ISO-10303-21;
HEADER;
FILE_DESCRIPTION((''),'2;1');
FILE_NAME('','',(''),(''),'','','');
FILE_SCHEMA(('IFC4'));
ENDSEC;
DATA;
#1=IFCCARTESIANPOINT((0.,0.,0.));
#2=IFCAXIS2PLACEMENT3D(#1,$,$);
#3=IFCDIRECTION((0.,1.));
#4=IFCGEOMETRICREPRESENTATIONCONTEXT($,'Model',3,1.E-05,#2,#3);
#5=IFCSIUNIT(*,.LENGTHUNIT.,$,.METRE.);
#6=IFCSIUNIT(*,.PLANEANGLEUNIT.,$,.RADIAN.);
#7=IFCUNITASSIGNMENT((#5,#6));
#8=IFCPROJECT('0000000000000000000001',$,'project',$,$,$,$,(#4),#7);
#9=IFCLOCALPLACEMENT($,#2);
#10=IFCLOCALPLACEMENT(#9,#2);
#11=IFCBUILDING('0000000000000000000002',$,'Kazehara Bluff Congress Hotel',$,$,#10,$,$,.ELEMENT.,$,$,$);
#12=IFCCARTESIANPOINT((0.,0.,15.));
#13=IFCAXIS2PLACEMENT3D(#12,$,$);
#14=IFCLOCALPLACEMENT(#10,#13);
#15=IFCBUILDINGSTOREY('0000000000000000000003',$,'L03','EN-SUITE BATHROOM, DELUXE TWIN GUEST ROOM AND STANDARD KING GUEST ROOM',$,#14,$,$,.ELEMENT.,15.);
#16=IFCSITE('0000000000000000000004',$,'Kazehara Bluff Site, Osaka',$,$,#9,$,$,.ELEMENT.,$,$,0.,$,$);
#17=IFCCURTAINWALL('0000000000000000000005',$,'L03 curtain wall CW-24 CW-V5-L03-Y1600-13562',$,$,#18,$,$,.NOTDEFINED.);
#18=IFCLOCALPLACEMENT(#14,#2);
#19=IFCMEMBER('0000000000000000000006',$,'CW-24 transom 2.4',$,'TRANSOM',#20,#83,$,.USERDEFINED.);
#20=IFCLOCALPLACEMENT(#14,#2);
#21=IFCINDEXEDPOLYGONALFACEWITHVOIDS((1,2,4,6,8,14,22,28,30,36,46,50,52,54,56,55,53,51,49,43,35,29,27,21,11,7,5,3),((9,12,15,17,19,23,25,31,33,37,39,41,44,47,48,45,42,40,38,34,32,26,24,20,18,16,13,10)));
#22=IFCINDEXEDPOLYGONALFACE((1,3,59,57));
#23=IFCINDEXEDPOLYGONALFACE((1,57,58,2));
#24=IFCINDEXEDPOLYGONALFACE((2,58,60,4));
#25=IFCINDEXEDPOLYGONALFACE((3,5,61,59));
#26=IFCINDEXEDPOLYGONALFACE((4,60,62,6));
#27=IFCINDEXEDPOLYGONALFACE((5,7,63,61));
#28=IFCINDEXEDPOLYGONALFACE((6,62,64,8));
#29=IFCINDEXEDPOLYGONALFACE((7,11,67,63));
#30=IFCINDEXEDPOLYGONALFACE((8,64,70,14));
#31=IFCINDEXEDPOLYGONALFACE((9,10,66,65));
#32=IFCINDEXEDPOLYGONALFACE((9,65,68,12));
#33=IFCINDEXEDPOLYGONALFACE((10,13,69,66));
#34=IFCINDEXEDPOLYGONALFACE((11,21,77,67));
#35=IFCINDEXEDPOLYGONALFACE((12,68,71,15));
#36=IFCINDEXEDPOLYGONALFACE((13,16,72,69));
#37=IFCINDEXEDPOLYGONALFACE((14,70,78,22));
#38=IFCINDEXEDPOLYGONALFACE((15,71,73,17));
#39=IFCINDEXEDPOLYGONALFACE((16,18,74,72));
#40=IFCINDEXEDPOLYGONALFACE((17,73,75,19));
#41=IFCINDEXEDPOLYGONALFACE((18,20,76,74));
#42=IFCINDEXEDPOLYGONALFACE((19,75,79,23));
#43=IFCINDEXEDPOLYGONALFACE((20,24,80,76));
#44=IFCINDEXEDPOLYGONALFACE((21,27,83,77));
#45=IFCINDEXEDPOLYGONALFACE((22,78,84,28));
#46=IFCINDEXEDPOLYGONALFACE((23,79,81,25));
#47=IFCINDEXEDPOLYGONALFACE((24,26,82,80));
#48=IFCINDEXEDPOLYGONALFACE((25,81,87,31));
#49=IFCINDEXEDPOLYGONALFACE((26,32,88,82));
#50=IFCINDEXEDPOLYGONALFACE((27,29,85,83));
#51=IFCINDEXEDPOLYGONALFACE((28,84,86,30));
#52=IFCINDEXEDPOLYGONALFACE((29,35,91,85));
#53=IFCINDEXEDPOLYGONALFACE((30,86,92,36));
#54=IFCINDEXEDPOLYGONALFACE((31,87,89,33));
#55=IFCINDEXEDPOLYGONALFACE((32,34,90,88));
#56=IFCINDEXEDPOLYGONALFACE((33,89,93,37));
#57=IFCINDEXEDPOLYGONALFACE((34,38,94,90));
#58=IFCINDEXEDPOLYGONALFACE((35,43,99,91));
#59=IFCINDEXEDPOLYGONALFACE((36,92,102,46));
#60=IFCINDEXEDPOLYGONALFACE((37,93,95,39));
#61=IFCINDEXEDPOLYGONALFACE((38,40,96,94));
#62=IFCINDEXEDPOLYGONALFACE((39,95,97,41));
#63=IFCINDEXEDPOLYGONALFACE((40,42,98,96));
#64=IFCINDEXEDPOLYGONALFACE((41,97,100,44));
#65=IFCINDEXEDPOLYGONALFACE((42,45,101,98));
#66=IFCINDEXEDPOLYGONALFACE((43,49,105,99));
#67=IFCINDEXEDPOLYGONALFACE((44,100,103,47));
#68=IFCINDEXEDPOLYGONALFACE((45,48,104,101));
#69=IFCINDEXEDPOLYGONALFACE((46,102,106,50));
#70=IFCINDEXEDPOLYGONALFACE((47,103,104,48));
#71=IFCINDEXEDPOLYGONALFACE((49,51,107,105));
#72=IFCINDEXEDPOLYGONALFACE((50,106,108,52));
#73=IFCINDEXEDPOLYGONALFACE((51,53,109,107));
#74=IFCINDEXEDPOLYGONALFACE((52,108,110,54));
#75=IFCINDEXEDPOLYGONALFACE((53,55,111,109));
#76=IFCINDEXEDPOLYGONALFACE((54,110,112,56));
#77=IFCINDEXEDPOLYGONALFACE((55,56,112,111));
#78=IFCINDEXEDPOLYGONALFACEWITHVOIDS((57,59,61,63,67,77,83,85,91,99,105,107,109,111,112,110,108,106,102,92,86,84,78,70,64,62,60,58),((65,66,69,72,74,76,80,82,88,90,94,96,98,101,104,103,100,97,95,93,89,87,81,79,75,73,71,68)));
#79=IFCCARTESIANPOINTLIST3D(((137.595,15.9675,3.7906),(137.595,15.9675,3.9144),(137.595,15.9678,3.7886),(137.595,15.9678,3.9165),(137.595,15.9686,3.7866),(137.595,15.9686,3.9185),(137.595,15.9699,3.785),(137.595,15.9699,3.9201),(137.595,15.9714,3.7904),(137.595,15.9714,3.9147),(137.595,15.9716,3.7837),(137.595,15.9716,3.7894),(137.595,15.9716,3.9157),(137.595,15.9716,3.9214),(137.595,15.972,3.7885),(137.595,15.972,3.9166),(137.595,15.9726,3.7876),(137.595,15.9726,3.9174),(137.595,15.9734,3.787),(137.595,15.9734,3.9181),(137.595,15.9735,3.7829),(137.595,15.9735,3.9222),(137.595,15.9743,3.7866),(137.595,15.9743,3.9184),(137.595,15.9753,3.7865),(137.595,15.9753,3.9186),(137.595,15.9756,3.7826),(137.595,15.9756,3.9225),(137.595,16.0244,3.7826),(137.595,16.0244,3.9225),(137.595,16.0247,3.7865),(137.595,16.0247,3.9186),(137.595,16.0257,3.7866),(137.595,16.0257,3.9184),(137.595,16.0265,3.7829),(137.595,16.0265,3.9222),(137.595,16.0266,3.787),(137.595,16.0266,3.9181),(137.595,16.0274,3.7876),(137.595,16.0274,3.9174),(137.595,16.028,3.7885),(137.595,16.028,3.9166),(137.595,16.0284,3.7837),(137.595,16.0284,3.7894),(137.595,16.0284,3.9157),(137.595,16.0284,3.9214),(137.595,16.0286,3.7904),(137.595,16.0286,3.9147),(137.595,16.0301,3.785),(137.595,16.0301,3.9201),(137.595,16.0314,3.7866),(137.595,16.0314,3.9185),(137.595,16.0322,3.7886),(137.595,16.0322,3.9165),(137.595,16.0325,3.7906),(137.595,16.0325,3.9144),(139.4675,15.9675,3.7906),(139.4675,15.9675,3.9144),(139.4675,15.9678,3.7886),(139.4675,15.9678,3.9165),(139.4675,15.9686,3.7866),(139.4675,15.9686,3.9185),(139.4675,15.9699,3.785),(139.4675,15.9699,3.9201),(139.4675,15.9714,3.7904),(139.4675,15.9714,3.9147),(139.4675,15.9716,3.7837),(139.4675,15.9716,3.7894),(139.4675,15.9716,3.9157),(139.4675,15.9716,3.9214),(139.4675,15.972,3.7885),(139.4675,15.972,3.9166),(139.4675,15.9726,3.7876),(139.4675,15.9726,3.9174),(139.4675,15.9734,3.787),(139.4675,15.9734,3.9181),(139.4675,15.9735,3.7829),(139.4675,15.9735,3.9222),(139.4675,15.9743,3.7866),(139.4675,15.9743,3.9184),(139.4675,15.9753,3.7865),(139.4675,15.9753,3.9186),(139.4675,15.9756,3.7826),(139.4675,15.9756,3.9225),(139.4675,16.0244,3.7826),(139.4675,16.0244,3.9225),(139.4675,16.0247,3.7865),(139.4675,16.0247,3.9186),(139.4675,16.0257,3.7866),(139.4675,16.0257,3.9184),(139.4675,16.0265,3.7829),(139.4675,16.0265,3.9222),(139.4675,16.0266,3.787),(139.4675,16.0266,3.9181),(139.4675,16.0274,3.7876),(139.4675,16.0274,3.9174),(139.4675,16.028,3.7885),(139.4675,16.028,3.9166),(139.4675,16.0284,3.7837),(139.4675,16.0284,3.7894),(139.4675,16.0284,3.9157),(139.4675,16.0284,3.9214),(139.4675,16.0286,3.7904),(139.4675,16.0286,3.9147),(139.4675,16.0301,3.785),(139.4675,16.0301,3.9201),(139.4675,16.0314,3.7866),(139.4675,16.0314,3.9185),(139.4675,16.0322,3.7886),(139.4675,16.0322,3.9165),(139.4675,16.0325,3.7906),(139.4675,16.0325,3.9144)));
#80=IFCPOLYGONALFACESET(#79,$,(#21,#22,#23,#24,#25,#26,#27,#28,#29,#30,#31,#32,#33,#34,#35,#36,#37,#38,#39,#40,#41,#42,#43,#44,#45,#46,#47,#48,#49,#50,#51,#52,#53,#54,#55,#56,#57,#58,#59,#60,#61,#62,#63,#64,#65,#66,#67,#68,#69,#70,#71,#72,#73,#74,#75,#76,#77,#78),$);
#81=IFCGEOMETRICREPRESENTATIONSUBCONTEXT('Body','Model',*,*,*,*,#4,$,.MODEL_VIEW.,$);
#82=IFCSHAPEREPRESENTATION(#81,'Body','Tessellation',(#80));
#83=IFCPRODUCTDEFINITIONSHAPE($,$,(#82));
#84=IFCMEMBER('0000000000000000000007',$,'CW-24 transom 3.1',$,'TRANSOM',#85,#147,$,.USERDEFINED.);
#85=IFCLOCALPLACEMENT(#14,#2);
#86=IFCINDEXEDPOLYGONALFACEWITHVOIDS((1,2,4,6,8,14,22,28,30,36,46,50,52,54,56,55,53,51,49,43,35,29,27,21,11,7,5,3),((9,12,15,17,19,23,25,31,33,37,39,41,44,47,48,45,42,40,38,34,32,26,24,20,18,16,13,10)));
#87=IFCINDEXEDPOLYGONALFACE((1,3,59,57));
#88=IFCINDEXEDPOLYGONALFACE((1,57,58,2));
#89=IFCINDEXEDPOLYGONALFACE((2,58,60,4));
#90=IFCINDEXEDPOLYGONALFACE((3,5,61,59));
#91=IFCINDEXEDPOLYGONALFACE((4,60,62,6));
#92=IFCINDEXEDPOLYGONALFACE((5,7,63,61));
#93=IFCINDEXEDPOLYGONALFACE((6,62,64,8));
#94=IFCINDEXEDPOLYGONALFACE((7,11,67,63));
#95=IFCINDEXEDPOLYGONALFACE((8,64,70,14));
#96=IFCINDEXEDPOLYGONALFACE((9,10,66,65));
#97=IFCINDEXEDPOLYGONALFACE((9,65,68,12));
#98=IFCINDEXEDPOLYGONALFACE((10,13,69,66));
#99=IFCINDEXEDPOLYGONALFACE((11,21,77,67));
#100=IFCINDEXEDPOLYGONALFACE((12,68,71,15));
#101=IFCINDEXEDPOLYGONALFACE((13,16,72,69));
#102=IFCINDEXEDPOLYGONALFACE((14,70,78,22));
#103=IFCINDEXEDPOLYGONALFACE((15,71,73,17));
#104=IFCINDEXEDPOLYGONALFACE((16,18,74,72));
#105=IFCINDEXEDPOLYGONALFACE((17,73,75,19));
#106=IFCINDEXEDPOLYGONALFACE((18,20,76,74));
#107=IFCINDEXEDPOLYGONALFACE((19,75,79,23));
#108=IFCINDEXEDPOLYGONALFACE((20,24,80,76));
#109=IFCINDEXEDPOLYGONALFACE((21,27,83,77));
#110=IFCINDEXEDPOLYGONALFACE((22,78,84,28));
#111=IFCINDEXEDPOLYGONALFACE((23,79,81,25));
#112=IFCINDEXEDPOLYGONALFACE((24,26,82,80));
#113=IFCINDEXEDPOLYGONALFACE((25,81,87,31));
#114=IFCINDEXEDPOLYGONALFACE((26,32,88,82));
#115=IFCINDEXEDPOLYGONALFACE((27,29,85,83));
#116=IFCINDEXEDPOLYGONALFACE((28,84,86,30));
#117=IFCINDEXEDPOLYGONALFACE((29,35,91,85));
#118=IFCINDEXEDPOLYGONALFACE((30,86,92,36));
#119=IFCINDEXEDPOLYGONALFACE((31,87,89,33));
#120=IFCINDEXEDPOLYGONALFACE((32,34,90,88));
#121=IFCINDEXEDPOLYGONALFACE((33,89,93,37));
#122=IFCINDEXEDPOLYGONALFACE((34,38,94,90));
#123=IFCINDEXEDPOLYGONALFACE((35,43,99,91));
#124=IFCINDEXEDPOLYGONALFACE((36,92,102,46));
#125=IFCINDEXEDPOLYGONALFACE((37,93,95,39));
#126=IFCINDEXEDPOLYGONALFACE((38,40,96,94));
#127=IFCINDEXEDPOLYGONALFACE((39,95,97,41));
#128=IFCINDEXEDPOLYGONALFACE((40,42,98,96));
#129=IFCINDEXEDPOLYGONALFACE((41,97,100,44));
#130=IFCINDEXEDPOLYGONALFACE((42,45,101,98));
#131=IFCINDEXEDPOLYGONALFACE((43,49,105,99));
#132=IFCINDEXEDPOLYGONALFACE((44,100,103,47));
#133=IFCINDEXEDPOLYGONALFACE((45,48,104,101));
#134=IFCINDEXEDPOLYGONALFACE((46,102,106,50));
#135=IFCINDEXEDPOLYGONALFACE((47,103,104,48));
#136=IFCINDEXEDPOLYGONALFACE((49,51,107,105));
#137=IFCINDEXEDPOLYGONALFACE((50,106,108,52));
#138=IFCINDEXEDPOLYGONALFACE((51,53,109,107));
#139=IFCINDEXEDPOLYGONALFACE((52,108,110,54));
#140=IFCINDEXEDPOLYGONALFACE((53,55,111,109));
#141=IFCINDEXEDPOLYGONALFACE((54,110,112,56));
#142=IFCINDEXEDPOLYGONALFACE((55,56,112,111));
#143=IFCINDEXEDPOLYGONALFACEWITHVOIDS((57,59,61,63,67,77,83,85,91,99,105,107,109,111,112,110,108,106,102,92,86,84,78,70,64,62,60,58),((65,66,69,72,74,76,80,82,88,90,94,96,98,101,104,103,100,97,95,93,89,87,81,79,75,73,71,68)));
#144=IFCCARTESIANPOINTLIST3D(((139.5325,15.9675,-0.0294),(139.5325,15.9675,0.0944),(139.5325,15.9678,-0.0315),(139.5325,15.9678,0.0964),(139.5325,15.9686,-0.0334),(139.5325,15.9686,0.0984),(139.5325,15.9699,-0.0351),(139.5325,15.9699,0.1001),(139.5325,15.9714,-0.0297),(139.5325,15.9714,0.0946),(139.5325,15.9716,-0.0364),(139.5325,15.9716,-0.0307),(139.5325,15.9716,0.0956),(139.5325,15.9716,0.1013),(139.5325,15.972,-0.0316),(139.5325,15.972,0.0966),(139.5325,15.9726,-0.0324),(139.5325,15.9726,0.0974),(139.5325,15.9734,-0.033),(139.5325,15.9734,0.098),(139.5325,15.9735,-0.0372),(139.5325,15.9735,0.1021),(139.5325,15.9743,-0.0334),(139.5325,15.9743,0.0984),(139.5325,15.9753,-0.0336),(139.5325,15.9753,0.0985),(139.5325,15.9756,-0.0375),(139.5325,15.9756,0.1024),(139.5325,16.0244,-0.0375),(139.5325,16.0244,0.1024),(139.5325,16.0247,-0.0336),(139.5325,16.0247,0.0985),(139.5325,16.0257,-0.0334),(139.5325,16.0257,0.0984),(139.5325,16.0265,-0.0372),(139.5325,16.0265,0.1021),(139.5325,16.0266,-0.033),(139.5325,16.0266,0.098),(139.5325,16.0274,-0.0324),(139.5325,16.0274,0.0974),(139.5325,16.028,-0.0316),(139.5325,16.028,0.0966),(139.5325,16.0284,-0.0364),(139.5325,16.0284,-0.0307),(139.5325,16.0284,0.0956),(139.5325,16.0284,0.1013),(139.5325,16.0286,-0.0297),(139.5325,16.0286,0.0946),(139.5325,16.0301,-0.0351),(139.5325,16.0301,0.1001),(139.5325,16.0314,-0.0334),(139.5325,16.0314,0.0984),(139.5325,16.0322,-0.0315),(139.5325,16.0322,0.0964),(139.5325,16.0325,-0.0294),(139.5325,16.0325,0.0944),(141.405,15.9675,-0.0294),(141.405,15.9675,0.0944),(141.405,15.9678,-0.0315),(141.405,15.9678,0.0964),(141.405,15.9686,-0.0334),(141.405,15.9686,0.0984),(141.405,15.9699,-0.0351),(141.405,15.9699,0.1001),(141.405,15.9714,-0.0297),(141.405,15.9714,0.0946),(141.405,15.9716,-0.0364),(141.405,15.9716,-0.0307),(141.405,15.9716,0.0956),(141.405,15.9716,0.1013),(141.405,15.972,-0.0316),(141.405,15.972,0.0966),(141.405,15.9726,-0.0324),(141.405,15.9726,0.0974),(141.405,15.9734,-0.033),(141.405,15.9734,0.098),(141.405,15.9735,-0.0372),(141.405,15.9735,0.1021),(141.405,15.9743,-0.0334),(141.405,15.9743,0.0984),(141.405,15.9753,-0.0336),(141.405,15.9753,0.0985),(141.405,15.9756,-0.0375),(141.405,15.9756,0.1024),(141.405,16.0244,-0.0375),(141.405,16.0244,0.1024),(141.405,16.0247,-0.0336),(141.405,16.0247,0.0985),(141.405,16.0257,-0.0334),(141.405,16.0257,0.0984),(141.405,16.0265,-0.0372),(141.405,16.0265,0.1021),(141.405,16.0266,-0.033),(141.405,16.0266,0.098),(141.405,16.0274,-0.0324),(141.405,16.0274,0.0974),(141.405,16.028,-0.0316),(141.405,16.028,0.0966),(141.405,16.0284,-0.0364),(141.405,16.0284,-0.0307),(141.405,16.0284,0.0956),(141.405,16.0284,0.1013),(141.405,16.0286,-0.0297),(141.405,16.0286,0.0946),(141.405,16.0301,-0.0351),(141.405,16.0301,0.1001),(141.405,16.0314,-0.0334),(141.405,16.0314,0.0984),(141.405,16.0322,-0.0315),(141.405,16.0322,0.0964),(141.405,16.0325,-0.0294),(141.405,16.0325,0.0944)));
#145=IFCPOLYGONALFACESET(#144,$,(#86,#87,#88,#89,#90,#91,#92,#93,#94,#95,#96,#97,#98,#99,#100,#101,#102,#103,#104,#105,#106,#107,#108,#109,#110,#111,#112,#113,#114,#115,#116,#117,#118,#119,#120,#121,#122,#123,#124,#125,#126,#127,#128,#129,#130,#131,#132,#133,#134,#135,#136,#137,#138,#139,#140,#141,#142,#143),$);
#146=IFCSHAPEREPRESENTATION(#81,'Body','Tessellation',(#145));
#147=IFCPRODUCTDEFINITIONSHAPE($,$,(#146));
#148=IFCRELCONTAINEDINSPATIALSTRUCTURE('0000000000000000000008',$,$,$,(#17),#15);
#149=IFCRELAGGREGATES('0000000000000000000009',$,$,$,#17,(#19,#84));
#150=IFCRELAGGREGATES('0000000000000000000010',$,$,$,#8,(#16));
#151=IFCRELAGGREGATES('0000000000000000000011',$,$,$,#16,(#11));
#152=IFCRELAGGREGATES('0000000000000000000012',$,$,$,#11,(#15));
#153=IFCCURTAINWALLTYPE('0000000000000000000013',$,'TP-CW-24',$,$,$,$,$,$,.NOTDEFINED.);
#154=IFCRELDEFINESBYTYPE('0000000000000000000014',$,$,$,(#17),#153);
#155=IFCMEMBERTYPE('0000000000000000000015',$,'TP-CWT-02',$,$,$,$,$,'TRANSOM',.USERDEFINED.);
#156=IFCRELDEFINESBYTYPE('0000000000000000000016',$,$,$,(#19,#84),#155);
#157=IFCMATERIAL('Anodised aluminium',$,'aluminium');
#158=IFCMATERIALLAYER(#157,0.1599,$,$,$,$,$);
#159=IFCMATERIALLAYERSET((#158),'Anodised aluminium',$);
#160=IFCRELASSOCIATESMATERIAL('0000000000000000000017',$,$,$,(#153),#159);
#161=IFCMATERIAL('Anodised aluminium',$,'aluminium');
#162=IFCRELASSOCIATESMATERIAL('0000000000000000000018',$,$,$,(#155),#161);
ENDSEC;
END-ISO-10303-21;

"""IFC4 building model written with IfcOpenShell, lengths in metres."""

from ifc_helpers import new_model, si_unit, direction, frame, origin, origin_2d, place, context, subcontext, project, spatial, hollow_rectangle, extrude, material, layer, layer_set, material_profile, profile_set, type_object, element, aggregate, save


model = new_model("IFC4")

# Units and contexts
model_context = context("Model", 3, precision=1e-05, world=origin(), true_north=direction((0.0, 1.0)))
body_context = subcontext(model_context, "Body", "Model", "MODEL_VIEW")
ifc_project = project(units=[si_unit("LENGTHUNIT", "METRE"), si_unit("PLANEANGLEUNIT", "RADIAN")], contexts=[model_context])

# Site, building, storey
site_placement = place(None, origin())
site = spatial("IfcSite", under=ifc_project, at=site_placement, Name="Kazehara Bluff Site, Osaka", CompositionType="ELEMENT", RefElevation=0.0)
building_placement = place(site_placement, origin())
building = spatial("IfcBuilding", under=site, at=building_placement, Name="Kazehara Bluff Congress Hotel", CompositionType="ELEMENT")
storey_placement = place(building_placement, frame((0.0, 0.0, 15.0)))
storey = spatial("IfcBuildingStorey", under=building, at=storey_placement, Name="L03", Description="EN-SUITE BATHROOM, DELUXE TWIN GUEST ROOM AND STANDARD KING GUEST ROOM", CompositionType="ELEMENT", Elevation=15.0)

# Shared definitions
ifc_material_1 = material(Name="Anodised aluminium", Category="aluminium")
ifc_layer_1 = layer(ifc_material_1, 0.1599)
ifc_layer_set_1 = layer_set([ifc_layer_1], Name="Anodised aluminium")
curtain_wall_type = type_object("IfcCurtainWallType", Name="TP-CW-24", PredefinedType="NOTDEFINED", material=ifc_layer_set_1)

# Curtain wall
curtain_wall_1_placement = place(storey_placement, origin())
curtain_wall_1 = element("IfcCurtainWall", 1, at=curtain_wall_1_placement, inside=storey, type_object=curtain_wall_type, Name="L03 curtain wall CW-24 CW-V5-L03-Y1600-13562", PredefinedType="NOTDEFINED")

# Members
ifc_material_2 = material(Name="Anodised aluminium", Category="aluminium")
ifc_material_profile_1 = material_profile(ifc_material_2, hollow_rectangle(XDim=0.0649, YDim=0.1399, WallThickness=0.0039, InnerFilletRadius=0.0039, OuterFilletRadius=0.0081, at=origin_2d()))
ifc_profile_set_1 = profile_set([ifc_material_profile_1], Name="Anodised aluminium")
member_type_1 = type_object("IfcMemberType", Name="TP-CWT-02", ElementType="TRANSOM", PredefinedType="USERDEFINED", material=ifc_profile_set_1)
member_1_placement = place(storey_placement, frame((137.595, 16.0, 3.8525), z_axis=(1.0, 0.0, 0.0), x_axis=(0.0, 1.0, 0.0)))
member_1 = element("IfcMember", 2, at=member_1_placement, type_object=member_type_1, Name="CW-24 transom 2.4", ObjectType="TRANSOM", PredefinedType="USERDEFINED", context=body_context, shape_type="SweptSolid", body=[
    extrude(hollow_rectangle(XDim=0.0649, YDim=0.1399, WallThickness=0.0039, InnerFilletRadius=0.0039, OuterFilletRadius=0.0081, at=origin_2d()), origin(), (0.0, 0.0, 1.0), 1.8726),
])
member_2_placement = place(storey_placement, frame((139.5325, 16.0, 0.0325), z_axis=(1.0, 0.0, 0.0), x_axis=(0.0, 1.0, 0.0)))
member_2 = element("IfcMember", 3, at=member_2_placement, type_object=member_type_1, Name="CW-24 transom 3.1", ObjectType="TRANSOM", PredefinedType="USERDEFINED", context=body_context, shape_type="SweptSolid", body=[
    extrude(hollow_rectangle(XDim=0.0649, YDim=0.1399, WallThickness=0.0039, InnerFilletRadius=0.0039, OuterFilletRadius=0.0081, at=origin_2d()), origin(), (0.0, 0.0, 1.0), 1.8726),
])

aggregate(curtain_wall_1, [member_1, member_2])

save(model, "model.ifc")
